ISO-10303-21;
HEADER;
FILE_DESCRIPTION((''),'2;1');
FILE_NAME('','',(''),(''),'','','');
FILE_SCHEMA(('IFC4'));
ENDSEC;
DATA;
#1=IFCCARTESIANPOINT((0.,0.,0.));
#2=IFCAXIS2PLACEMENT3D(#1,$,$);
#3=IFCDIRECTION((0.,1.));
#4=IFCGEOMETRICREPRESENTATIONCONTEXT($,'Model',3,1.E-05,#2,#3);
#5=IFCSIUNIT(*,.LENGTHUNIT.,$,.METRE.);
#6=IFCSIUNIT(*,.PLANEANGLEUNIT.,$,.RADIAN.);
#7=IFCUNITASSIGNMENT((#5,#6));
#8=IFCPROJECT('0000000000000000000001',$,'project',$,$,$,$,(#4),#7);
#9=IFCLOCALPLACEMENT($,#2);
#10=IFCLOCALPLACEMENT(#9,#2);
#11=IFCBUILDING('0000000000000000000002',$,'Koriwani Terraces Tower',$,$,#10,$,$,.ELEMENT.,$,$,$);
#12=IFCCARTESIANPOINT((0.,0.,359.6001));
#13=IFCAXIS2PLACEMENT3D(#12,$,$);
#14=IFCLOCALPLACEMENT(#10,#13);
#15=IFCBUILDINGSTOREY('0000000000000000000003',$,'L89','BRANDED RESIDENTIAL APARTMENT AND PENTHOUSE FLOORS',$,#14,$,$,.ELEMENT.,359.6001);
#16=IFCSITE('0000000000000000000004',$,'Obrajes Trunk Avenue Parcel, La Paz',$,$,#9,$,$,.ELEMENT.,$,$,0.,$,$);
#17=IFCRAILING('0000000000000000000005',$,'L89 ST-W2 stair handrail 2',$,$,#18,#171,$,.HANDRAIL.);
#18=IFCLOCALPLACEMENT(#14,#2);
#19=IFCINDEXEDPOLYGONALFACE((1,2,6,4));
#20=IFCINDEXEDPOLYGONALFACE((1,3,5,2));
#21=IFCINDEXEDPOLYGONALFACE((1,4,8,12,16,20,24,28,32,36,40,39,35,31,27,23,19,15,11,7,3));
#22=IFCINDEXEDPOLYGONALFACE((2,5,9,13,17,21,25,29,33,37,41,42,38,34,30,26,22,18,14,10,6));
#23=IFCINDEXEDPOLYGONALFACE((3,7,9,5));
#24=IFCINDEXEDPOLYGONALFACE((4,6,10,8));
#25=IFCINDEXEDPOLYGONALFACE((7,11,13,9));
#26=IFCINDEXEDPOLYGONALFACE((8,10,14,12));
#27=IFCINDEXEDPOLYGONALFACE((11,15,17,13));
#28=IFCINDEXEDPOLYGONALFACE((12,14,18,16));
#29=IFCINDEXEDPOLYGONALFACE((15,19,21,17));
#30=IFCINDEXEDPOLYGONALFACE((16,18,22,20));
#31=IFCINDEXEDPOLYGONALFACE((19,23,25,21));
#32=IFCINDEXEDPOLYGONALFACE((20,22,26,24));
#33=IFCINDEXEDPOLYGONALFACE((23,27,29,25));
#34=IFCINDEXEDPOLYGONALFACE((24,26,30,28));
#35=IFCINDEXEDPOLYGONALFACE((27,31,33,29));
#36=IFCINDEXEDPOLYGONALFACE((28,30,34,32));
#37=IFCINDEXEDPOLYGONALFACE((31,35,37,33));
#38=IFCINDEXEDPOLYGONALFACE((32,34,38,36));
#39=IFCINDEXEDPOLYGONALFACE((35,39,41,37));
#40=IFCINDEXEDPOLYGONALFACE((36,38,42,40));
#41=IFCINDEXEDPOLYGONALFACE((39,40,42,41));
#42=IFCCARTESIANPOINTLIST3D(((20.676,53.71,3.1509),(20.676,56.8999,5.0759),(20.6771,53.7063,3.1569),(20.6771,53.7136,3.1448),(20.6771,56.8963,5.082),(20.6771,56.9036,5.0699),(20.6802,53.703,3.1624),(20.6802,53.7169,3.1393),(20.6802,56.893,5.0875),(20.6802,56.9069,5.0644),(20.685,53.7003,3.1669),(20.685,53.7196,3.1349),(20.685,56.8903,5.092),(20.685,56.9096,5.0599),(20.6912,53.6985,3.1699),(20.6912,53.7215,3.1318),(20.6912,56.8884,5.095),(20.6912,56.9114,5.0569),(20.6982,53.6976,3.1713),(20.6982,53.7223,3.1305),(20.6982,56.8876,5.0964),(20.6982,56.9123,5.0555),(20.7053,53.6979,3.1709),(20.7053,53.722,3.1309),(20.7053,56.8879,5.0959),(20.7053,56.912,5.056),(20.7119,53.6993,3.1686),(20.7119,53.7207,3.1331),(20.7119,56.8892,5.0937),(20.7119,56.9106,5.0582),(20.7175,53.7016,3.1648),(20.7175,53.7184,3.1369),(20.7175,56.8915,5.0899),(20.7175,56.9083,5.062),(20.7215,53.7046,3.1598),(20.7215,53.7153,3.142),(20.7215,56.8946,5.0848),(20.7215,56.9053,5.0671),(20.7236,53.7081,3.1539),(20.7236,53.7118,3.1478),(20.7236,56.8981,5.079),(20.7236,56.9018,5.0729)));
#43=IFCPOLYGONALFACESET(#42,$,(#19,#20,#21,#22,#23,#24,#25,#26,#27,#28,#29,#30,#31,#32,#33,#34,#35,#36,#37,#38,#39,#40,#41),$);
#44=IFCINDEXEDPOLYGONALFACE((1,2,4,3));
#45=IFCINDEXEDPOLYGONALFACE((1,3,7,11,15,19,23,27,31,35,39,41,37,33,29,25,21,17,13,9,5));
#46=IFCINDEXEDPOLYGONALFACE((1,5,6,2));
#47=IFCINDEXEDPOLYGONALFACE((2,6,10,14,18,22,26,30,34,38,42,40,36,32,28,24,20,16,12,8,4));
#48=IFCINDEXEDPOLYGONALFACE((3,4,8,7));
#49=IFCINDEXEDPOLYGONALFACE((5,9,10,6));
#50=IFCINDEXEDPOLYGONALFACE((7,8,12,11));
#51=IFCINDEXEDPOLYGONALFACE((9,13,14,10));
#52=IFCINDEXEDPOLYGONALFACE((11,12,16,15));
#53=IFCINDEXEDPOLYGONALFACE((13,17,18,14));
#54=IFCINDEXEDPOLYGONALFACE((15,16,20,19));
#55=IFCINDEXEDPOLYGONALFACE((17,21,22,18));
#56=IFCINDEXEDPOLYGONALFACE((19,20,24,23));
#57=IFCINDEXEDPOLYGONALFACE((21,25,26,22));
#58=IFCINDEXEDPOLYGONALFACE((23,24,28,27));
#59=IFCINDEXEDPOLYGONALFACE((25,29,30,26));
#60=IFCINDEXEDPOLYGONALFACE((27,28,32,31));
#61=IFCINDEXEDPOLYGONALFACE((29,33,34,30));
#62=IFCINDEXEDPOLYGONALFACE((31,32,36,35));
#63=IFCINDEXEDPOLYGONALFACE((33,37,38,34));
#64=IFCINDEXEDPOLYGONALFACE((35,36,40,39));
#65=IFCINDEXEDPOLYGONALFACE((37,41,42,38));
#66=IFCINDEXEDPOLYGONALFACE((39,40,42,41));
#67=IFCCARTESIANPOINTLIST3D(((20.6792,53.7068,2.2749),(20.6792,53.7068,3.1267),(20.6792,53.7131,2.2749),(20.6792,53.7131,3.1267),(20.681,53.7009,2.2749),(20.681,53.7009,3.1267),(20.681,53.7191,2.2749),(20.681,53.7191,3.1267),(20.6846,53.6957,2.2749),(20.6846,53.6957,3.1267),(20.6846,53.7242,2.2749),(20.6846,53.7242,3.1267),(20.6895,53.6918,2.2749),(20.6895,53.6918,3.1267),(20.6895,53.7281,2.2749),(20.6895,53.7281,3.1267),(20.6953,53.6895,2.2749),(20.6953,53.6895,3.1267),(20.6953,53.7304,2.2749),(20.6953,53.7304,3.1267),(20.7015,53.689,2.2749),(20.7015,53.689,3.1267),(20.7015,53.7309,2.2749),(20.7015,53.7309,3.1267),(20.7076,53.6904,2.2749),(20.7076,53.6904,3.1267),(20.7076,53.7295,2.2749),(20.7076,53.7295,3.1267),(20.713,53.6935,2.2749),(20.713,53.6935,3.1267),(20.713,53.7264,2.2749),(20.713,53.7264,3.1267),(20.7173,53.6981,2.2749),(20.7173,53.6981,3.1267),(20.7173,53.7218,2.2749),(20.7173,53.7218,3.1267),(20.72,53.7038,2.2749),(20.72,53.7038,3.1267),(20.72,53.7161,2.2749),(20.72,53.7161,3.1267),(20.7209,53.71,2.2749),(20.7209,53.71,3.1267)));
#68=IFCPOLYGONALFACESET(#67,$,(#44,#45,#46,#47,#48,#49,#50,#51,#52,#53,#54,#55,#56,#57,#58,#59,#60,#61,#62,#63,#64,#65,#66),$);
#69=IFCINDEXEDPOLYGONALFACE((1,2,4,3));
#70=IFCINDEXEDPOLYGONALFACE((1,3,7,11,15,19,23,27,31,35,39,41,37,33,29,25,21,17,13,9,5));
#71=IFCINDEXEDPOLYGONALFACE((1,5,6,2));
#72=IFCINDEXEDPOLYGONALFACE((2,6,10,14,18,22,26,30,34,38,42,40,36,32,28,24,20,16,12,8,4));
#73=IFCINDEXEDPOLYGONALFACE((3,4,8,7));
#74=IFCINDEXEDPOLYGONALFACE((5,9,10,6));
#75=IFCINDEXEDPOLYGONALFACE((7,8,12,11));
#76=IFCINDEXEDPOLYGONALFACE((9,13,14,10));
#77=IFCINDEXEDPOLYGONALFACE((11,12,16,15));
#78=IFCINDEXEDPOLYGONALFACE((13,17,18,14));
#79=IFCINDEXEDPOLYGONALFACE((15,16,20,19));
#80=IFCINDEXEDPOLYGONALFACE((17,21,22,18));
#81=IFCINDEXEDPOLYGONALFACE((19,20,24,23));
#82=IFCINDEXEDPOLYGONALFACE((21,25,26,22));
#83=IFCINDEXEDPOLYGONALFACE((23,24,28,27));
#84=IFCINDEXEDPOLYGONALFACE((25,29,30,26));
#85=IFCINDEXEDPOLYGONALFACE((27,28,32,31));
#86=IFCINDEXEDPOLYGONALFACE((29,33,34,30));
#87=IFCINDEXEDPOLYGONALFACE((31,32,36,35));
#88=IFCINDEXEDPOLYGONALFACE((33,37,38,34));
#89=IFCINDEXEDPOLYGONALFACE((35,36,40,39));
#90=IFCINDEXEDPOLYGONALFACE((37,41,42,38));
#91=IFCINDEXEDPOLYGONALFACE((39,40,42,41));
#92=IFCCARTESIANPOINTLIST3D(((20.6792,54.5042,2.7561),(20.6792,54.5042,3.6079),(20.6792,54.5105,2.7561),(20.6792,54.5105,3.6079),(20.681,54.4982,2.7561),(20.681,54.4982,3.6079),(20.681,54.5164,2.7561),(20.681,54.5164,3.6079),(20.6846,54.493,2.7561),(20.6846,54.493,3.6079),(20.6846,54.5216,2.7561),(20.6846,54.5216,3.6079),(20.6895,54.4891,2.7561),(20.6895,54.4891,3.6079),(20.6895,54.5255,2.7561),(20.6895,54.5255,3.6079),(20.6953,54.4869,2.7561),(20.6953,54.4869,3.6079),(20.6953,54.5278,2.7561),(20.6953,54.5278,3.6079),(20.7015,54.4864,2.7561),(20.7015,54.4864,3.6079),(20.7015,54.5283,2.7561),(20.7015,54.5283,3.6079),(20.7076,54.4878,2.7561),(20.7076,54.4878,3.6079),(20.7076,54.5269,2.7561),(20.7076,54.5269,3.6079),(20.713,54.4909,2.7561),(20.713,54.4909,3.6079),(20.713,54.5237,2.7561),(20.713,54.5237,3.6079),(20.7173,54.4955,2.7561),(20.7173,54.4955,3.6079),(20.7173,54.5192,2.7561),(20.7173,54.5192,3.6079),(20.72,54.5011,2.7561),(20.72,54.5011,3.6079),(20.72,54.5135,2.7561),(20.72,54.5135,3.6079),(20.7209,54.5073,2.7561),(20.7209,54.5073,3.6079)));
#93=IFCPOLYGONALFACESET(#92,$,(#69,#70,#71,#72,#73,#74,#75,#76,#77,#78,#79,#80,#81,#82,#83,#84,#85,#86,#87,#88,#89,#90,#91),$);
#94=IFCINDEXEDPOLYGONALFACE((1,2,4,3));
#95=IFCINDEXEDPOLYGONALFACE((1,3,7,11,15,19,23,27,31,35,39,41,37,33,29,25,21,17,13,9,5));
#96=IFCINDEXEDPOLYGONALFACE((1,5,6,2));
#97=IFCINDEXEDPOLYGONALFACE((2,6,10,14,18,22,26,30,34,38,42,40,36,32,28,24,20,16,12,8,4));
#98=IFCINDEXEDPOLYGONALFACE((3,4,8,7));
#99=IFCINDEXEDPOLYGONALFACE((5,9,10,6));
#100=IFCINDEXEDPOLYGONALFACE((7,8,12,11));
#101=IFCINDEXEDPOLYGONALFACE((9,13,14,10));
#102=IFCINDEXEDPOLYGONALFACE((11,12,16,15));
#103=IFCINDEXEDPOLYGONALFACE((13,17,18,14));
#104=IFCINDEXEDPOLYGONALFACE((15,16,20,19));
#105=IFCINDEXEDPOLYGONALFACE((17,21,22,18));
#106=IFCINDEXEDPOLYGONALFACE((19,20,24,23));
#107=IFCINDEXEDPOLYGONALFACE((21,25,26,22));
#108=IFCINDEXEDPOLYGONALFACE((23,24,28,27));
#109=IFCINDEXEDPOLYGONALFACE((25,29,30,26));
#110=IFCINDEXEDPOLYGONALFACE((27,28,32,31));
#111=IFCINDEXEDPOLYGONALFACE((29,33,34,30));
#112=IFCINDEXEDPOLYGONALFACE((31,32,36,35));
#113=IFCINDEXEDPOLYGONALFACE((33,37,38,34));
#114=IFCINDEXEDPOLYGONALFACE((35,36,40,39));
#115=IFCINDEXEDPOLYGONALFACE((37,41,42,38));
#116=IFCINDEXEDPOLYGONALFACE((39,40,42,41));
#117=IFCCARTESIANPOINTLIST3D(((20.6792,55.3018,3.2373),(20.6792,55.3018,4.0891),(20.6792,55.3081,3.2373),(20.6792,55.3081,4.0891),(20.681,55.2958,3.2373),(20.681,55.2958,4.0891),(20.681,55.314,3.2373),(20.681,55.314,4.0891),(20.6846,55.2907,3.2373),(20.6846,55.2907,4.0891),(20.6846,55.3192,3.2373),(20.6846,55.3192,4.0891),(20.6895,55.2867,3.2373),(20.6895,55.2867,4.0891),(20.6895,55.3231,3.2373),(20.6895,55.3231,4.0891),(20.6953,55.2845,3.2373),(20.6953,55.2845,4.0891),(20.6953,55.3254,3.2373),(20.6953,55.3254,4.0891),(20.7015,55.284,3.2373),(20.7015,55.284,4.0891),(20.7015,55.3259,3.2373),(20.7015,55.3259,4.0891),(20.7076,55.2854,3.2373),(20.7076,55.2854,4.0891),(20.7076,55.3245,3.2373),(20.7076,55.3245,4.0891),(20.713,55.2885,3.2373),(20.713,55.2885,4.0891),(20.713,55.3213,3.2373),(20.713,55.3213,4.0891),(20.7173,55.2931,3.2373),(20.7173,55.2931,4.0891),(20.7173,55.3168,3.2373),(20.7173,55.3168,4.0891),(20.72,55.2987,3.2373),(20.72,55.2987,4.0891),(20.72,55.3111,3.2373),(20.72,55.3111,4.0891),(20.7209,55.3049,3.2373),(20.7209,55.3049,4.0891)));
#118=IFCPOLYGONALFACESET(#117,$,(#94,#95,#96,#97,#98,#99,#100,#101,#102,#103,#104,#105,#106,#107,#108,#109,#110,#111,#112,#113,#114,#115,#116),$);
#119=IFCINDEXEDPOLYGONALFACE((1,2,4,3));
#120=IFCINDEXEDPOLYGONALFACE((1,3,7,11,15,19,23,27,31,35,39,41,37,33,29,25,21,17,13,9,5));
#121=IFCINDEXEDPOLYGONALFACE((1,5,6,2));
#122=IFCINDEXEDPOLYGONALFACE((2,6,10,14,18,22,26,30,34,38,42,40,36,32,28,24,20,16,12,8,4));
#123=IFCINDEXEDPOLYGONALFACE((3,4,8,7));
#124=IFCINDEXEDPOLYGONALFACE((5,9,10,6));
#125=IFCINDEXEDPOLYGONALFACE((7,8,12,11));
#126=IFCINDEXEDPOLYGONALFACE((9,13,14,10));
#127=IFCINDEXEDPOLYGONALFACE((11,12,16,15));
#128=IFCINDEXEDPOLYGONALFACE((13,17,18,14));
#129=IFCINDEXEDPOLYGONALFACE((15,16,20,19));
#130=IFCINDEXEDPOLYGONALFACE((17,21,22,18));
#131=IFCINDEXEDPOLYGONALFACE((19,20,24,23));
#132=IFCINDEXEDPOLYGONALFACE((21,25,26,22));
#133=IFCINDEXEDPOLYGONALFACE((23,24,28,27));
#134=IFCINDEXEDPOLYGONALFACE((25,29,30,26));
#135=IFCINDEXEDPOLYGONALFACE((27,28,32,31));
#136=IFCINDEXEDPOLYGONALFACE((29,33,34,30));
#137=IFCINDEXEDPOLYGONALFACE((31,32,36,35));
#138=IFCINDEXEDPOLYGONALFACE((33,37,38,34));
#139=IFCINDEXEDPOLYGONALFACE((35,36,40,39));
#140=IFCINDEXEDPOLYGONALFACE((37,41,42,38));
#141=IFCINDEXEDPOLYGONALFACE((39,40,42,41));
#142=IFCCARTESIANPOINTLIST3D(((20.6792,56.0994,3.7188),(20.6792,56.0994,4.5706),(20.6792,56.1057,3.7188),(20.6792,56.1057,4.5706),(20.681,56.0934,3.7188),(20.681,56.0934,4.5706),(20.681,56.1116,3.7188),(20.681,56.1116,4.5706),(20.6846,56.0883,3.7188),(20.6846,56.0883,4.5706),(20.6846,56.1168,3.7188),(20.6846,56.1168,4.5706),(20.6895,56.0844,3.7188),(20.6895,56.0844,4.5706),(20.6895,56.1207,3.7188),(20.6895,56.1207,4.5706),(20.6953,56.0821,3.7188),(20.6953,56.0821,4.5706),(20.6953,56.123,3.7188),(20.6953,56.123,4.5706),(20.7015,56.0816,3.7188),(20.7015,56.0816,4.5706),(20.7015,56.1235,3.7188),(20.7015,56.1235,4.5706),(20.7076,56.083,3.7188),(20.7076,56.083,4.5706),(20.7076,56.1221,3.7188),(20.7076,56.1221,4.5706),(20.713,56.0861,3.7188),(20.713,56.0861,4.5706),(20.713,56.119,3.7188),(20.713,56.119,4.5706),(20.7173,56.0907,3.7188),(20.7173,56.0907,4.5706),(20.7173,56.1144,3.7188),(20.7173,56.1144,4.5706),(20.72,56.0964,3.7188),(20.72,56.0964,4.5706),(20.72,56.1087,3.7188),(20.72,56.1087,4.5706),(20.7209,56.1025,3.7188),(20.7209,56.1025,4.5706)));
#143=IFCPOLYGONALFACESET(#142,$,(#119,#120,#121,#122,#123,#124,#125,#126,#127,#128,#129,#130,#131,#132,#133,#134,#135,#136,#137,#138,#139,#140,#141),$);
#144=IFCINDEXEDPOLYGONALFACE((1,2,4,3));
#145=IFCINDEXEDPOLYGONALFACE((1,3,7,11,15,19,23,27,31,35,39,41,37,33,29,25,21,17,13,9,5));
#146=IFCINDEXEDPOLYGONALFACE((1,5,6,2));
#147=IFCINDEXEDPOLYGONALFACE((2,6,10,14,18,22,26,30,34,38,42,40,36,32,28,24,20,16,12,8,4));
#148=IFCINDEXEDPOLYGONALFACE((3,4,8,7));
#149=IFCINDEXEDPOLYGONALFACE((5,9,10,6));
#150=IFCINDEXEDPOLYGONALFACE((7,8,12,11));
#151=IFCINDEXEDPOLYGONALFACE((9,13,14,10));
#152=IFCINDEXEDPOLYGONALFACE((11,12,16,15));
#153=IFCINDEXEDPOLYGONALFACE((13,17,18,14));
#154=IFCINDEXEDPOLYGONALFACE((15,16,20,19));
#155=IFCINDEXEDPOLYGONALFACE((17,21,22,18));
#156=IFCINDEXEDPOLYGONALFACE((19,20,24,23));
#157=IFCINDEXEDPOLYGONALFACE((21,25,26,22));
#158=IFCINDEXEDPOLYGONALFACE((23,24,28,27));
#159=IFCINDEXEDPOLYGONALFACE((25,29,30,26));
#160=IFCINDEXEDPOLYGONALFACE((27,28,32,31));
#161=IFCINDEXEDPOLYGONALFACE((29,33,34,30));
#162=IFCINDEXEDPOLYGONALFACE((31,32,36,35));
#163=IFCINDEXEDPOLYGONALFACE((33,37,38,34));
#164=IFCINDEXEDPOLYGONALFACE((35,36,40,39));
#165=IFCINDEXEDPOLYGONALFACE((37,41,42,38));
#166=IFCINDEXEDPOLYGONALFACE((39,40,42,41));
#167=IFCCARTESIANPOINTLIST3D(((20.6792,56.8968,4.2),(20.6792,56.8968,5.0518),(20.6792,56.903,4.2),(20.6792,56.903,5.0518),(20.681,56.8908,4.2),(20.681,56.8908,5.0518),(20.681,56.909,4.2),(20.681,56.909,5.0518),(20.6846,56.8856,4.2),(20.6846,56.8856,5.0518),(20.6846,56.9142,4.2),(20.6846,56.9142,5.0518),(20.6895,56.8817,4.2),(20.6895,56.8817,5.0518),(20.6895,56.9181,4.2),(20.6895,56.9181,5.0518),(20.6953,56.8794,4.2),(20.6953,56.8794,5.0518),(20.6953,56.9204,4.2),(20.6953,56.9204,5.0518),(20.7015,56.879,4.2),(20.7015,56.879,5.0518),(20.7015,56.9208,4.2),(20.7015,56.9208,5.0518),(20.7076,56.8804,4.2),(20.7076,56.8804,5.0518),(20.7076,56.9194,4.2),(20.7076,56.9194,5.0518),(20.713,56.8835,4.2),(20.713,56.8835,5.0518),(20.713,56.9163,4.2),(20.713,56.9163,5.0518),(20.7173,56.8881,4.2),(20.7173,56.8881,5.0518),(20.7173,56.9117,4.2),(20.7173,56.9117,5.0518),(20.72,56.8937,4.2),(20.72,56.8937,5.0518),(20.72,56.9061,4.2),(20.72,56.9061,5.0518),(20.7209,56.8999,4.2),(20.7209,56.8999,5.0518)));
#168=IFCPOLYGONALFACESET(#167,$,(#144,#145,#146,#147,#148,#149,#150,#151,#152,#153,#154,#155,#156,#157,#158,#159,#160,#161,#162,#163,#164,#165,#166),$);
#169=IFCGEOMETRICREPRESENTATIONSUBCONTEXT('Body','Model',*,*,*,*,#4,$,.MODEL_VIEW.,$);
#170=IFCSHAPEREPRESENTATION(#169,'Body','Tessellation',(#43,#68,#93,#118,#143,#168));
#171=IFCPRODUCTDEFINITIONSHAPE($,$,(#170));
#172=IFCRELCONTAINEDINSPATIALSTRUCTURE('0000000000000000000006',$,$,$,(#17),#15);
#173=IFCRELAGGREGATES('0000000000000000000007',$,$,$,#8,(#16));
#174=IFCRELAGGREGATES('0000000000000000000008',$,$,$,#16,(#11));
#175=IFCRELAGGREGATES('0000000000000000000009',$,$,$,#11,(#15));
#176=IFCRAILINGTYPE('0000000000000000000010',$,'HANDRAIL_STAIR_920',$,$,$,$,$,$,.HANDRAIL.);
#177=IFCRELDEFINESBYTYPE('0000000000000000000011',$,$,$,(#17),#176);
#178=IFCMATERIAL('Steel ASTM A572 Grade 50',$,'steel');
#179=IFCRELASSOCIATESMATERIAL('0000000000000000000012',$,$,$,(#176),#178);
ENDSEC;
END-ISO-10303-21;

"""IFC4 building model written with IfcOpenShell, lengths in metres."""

from ifc_helpers import new_model, si_unit, direction, frame, origin, origin_2d, place, context, subcontext, project, spatial, circle, extrude, material, type_object, element, save


model = new_model("IFC4")

# Units and contexts
model_context = context("Model", 3, precision=1e-05, world=origin(), true_north=direction((0.0, 1.0)))
body_context = subcontext(model_context, "Body", "Model", "MODEL_VIEW")
ifc_project = project(units=[si_unit("LENGTHUNIT", "METRE"), si_unit("PLANEANGLEUNIT", "RADIAN")], contexts=[model_context])

# Site, building, storey
site_placement = place(None, origin())
site = spatial("IfcSite", under=ifc_project, at=site_placement, Name="Obrajes Trunk Avenue Parcel, La Paz", CompositionType="ELEMENT", RefElevation=0.0)
building_placement = place(site_placement, origin())
building = spatial("IfcBuilding", under=site, at=building_placement, Name="Koriwani Terraces Tower", CompositionType="ELEMENT")
storey_placement = place(building_placement, frame((0.0, 0.0, 359.6001)))
storey = spatial("IfcBuildingStorey", under=building, at=storey_placement, Name="L89", Description="BRANDED RESIDENTIAL APARTMENT AND PENTHOUSE FLOORS", CompositionType="ELEMENT", Elevation=359.6001)

# Shared definitions
ifc_material_1 = material(Name="Steel ASTM A572 Grade 50", Category="steel")

# Railing
railing_type = type_object("IfcRailingType", Name="HANDRAIL_STAIR_920", PredefinedType="HANDRAIL", material=ifc_material_1)
railing_placement = place(storey_placement, frame((20.7, 53.71, 2.2749)))
element("IfcRailing", 1, at=railing_placement, inside=storey, type_object=railing_type, Name="L89 ST-W2 stair handrail 2", PredefinedType="HANDRAIL", context=body_context, shape_type="SweptSolid", body=[
    extrude(circle(Radius=0.0239, at=origin_2d()), frame((0.0, 0.0, 0.876), z_axis=(0.0, 0.856178, 0.516682), x_axis=(-1.0, 0.0, 0.0)), (0.0, 0.0, 1.0), 3.7258),
    extrude(circle(Radius=0.021, at=origin_2d()), origin(), (0.0, 0.0, 1.0), 0.8518),
    extrude(circle(Radius=0.021, at=origin_2d()), frame((0.0, 0.7974, 0.4812)), (0.0, 0.0, 1.0), 0.8518),
    extrude(circle(Radius=0.021, at=origin_2d()), frame((0.0, 1.595, 0.9624)), (0.0, 0.0, 1.0), 0.8518),
    extrude(circle(Radius=0.021, at=origin_2d()), frame((0.0, 2.3926, 1.4438)), (0.0, 0.0, 1.0), 0.8518),
    extrude(circle(Radius=0.021, at=origin_2d()), frame((0.0, 3.1899, 1.925)), (0.0, 0.0, 1.0), 0.8518),
])

save(model, "model.ifc")
